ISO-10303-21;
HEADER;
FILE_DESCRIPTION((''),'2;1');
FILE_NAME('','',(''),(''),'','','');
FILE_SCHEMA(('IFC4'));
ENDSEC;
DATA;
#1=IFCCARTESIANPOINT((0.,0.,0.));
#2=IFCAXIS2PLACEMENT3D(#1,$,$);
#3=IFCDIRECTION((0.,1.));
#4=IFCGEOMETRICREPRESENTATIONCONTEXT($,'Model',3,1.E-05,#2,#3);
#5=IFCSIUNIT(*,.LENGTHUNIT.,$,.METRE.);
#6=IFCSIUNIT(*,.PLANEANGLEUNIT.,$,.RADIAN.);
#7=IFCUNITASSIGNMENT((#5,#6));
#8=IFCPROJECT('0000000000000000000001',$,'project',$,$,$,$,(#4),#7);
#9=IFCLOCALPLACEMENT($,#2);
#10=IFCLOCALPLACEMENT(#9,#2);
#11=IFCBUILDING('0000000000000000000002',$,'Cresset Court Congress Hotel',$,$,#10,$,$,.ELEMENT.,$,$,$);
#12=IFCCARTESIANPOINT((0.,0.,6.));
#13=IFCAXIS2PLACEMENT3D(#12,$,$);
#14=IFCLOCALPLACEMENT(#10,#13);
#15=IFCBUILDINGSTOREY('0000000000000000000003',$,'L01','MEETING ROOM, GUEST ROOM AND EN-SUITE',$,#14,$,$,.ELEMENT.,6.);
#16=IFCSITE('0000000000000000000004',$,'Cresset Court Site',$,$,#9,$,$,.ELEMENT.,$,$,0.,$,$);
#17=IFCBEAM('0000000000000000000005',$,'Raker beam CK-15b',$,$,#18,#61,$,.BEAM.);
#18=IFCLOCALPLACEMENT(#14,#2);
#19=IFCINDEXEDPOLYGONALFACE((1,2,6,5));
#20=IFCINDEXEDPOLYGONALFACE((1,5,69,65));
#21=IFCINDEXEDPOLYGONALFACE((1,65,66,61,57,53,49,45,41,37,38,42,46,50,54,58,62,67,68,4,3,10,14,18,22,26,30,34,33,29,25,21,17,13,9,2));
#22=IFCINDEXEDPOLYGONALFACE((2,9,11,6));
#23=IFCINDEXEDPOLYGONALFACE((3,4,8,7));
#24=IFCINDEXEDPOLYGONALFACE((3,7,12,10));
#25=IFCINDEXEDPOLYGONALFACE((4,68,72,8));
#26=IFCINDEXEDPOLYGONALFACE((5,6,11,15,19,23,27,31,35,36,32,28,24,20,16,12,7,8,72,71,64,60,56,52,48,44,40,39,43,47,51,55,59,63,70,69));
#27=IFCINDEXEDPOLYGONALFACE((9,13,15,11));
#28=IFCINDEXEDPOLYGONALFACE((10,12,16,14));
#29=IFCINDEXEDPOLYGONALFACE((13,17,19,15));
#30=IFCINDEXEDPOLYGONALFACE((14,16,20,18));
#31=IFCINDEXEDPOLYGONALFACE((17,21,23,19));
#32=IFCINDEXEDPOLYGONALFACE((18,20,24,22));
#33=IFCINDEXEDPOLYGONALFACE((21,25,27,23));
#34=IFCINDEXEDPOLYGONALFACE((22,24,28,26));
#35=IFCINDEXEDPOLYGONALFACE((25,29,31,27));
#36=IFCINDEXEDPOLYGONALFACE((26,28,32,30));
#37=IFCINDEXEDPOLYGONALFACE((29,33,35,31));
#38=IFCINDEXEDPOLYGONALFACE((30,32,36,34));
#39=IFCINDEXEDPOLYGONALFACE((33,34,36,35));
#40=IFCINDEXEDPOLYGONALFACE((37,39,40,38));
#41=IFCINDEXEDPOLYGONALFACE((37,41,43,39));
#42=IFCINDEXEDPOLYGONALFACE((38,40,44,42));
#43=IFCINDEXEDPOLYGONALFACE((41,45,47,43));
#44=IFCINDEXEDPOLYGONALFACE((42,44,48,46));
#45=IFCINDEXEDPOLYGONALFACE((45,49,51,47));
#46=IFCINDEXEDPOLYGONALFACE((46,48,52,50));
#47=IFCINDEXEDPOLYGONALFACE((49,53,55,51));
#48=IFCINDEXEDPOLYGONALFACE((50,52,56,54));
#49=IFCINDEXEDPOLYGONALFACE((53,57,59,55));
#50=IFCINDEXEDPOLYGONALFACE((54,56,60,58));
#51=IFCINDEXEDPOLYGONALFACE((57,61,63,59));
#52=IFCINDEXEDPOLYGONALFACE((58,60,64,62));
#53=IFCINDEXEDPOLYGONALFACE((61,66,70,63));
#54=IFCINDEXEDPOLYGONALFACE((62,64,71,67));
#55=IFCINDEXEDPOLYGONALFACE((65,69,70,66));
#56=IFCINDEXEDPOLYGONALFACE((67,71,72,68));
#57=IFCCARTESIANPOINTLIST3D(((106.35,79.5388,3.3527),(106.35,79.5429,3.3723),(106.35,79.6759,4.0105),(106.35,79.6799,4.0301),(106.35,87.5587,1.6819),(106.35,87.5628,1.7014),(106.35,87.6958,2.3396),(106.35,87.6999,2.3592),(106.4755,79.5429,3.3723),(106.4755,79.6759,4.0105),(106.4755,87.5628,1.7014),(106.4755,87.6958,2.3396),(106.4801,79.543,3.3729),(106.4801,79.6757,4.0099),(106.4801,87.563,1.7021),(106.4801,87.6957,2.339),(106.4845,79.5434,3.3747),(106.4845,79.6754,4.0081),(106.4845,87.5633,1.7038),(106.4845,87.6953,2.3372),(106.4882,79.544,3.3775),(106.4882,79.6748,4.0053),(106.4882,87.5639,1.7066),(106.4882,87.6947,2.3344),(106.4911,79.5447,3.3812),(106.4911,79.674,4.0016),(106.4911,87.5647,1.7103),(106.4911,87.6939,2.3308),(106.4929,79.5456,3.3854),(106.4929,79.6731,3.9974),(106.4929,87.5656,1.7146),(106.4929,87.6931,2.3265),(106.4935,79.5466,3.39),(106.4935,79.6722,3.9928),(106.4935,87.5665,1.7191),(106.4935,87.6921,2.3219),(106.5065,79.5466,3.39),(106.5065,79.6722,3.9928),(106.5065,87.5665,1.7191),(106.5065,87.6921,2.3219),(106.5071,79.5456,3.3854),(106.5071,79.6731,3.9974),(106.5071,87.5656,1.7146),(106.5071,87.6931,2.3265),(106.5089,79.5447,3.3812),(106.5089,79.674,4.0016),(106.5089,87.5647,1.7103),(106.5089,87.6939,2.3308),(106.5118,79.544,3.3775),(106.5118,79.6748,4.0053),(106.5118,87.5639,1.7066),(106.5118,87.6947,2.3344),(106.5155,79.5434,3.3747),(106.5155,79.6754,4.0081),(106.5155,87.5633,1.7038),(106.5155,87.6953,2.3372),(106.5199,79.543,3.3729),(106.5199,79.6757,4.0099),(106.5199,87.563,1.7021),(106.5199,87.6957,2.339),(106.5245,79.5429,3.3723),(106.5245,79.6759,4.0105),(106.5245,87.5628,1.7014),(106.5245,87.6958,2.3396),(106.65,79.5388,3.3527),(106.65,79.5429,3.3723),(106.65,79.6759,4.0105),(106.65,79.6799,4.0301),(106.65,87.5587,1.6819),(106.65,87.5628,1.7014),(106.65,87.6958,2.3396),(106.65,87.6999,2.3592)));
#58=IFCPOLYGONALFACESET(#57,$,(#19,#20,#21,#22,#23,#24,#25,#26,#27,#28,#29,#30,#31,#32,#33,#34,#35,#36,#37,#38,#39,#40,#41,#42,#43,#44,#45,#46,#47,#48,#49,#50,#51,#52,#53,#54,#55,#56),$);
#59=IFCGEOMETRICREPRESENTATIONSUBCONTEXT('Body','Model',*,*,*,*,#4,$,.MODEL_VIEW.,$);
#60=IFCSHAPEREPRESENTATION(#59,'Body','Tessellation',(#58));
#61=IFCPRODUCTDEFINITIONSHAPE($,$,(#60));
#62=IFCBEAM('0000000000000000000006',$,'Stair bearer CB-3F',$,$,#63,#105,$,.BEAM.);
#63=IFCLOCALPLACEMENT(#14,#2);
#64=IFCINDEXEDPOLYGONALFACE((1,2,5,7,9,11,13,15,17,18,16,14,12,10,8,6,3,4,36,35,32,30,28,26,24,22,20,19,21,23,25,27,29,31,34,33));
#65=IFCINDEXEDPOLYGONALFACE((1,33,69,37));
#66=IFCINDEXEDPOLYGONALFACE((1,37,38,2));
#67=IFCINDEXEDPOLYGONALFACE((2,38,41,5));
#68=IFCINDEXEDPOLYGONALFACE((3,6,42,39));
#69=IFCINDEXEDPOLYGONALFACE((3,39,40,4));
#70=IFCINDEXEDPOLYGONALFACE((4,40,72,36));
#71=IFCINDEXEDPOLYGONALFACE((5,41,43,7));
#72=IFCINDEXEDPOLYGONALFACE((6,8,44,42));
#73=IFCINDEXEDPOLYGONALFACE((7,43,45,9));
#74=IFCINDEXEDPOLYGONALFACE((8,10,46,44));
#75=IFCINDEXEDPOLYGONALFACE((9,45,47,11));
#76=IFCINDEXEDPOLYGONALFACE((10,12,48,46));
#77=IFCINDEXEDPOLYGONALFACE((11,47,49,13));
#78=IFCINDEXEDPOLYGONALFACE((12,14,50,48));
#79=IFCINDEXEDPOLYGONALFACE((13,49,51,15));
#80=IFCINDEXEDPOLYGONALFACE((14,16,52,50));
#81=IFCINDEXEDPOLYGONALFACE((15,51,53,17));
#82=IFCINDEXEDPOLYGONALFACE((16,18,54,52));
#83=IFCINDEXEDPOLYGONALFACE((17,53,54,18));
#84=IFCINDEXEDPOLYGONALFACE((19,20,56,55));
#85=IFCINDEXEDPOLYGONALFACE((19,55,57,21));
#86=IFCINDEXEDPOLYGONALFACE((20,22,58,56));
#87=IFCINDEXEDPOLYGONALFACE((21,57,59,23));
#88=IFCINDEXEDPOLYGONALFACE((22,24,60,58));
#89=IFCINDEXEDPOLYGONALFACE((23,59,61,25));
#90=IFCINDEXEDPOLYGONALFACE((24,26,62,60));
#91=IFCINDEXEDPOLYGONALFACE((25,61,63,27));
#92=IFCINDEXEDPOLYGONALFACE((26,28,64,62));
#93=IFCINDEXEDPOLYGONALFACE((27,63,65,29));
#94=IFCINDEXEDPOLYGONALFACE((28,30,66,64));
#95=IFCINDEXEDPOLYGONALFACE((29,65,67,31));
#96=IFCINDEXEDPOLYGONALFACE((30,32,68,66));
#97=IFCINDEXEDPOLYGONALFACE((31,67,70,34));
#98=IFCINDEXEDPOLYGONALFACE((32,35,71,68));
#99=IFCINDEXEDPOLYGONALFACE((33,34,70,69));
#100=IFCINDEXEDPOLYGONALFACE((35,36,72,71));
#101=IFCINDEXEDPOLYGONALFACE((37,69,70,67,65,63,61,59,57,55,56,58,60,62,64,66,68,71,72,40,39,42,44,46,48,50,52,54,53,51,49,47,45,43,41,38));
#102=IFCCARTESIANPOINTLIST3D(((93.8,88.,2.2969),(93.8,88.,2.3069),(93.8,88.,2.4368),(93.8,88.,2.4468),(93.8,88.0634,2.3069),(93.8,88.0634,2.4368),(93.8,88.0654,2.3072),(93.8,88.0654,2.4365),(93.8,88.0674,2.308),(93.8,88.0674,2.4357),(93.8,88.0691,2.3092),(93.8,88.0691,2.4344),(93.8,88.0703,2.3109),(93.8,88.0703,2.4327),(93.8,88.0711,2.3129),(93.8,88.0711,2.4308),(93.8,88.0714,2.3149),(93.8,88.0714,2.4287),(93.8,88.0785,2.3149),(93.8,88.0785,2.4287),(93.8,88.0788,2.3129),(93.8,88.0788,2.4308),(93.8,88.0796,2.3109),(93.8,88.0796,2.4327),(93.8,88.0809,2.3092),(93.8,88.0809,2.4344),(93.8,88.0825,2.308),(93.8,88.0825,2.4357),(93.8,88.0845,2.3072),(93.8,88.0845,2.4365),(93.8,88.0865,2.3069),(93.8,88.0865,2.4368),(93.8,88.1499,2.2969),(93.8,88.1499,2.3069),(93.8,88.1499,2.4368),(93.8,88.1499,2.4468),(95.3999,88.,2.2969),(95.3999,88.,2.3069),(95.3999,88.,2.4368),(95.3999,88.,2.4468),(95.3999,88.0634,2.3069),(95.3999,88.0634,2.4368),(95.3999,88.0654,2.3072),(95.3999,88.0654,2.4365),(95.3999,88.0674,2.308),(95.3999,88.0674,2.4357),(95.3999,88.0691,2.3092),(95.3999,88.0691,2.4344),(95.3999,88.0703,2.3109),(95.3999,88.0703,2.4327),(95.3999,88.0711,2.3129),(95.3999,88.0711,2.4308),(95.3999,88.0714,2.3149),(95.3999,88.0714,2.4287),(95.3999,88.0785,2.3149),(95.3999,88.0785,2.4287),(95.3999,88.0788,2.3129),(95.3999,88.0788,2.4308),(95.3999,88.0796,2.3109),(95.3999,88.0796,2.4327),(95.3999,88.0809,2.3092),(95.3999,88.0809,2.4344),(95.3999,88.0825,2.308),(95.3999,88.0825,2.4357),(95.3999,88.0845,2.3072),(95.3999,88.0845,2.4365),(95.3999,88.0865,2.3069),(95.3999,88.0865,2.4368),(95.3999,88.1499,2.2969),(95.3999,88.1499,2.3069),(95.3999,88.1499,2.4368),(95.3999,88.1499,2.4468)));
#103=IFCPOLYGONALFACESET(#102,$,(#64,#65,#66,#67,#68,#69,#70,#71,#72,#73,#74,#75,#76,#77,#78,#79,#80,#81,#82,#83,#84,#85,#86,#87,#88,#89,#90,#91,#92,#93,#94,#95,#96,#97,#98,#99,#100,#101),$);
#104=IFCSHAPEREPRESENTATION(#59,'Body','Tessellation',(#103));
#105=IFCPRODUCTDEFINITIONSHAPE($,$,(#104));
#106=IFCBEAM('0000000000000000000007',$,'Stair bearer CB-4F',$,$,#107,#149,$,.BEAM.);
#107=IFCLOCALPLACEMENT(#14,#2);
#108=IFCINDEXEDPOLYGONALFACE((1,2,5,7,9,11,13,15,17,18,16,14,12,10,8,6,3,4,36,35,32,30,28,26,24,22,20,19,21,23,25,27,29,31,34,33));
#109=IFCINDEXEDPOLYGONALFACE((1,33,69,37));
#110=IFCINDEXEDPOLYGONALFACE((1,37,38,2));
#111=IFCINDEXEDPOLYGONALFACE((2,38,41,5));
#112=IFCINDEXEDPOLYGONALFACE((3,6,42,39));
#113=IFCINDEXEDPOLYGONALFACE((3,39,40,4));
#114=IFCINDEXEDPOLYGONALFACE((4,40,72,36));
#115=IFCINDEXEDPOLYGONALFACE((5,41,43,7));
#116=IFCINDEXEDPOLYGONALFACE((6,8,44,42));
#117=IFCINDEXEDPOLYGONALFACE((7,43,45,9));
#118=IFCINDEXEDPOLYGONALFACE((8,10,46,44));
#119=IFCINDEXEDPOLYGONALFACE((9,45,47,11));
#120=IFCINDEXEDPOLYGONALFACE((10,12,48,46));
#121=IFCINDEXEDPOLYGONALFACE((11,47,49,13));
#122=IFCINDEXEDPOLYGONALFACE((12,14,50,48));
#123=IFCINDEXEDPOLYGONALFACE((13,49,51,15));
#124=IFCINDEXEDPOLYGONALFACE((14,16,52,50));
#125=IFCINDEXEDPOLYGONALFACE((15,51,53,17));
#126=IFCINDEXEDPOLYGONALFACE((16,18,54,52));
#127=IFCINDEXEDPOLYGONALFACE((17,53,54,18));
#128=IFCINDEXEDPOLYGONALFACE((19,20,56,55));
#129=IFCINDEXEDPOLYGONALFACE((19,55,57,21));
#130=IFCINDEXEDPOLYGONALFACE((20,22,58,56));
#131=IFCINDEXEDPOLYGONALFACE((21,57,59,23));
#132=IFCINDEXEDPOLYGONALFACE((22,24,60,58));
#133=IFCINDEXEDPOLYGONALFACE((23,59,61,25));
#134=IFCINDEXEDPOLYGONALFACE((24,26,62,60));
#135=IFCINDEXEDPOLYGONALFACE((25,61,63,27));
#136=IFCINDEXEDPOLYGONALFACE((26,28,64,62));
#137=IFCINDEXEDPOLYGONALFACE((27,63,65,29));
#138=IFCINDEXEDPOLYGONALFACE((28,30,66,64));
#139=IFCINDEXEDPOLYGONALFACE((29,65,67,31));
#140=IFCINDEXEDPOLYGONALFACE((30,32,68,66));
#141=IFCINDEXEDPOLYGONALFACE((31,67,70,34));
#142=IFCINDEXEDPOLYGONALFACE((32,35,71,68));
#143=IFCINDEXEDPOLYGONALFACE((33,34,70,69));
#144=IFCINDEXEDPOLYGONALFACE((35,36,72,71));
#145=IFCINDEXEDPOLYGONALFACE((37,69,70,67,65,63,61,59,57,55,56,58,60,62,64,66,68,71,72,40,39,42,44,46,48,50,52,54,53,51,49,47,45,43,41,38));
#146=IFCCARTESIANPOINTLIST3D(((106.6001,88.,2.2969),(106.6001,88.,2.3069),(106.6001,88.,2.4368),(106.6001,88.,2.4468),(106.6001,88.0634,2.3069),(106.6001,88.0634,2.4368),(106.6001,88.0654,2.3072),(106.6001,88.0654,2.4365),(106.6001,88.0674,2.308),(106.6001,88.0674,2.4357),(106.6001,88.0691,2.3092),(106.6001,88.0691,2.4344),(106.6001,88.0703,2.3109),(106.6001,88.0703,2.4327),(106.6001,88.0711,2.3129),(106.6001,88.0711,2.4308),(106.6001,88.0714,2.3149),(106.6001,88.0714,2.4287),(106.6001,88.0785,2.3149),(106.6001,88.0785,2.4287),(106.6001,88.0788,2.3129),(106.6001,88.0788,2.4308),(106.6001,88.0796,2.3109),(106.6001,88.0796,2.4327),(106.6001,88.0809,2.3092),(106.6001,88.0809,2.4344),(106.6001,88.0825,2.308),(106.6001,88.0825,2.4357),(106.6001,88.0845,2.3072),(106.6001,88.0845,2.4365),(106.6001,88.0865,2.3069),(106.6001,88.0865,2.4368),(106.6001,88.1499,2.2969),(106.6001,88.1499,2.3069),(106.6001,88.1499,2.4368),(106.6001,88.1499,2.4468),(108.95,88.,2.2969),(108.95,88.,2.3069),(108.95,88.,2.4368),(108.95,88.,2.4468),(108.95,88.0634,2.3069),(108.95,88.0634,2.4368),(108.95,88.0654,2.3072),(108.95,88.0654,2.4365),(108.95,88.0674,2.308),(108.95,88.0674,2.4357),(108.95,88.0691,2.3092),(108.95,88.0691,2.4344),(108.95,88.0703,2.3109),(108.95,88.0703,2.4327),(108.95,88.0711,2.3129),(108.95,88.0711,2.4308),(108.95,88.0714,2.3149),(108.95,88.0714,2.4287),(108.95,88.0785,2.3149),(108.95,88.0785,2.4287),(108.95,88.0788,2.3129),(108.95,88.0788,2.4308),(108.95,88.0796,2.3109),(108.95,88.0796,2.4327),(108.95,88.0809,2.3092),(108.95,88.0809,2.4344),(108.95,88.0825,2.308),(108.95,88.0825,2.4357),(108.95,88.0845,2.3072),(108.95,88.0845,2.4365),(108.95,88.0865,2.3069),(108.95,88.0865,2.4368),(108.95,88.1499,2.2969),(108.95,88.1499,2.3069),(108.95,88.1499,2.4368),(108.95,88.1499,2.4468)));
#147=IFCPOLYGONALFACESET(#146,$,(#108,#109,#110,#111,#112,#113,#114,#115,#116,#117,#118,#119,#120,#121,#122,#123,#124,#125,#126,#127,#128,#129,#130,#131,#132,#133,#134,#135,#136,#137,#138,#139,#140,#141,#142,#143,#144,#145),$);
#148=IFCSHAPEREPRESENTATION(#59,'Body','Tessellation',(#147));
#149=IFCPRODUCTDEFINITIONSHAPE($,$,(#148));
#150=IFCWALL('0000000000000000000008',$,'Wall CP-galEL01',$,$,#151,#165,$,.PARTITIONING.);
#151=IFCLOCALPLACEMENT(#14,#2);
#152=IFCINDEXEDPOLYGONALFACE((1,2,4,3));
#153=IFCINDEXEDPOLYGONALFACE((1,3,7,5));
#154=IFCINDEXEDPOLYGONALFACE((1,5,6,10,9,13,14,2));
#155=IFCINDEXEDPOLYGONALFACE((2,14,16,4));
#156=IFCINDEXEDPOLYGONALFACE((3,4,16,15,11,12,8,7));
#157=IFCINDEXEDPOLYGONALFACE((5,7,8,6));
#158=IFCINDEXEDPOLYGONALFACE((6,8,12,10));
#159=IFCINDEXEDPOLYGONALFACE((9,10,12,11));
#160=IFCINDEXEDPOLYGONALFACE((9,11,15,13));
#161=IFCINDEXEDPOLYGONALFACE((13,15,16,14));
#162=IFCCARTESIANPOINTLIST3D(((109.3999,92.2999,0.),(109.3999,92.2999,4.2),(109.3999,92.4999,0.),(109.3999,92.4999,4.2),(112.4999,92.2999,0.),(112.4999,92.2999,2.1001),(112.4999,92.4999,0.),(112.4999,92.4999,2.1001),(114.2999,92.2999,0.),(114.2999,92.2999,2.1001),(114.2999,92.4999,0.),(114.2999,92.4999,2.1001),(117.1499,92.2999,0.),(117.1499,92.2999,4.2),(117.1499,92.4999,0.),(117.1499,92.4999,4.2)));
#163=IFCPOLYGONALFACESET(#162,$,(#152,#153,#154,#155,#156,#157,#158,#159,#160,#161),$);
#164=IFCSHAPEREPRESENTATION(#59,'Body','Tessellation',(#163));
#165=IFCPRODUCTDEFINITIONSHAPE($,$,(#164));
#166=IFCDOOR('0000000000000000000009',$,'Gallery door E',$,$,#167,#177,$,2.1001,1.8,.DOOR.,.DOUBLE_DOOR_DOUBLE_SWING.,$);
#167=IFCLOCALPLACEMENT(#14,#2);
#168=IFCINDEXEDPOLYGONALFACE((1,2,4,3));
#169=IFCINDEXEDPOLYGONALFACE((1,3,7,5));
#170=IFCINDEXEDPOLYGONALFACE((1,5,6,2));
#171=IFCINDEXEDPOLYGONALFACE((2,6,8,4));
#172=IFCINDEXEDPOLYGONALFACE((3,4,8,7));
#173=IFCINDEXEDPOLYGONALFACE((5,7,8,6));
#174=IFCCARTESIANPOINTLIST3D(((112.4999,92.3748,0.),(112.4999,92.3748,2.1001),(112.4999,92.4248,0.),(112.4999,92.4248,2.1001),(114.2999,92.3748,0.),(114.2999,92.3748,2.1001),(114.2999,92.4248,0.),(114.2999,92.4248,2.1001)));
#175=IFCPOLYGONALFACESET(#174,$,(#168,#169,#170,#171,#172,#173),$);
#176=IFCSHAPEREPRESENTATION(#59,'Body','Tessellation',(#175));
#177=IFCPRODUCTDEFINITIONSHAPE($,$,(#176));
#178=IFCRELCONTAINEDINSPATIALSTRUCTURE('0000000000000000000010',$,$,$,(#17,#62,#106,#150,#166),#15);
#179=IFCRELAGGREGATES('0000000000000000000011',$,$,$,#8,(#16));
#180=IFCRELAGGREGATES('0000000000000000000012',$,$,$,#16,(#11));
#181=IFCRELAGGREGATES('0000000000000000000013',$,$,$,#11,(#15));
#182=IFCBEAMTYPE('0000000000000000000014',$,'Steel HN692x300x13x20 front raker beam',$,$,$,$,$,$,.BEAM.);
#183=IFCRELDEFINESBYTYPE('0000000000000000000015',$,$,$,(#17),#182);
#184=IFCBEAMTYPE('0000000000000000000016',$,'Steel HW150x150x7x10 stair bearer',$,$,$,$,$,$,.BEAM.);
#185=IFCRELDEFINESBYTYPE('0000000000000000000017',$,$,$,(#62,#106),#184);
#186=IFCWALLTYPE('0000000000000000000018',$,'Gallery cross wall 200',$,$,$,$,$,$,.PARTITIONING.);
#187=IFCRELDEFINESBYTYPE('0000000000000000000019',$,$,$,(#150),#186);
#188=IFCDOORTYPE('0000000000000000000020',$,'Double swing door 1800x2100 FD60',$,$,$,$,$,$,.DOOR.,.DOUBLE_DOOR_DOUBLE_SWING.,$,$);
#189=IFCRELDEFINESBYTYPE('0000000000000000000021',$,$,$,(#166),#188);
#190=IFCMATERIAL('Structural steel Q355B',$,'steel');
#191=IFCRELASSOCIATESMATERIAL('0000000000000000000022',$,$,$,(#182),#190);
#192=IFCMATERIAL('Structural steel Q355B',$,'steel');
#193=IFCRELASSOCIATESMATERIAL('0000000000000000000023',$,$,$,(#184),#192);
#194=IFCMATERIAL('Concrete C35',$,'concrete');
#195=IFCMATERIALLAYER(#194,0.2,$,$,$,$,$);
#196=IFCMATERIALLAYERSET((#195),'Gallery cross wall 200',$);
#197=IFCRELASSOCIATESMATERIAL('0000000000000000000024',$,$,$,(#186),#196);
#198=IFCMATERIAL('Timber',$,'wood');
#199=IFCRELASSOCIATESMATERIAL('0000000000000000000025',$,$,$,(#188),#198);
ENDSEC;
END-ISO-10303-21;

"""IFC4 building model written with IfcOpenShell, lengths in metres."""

from ifc_helpers import new_model, si_unit, direction, frame, frame_2d, origin, origin_2d, place, context, subcontext, project, spatial, rectangle, i_section, extrude, material, layer, layer_set, material_profile, profile_set, type_object, element, fill, save


model = new_model("IFC4")

# Units and contexts
model_context = context("Model", 3, precision=1e-05, world=origin(), true_north=direction((0.0, 1.0)))
body_context = subcontext(model_context, "Body", "Model", "MODEL_VIEW")
ifc_project = project(units=[si_unit("LENGTHUNIT", "METRE"), si_unit("PLANEANGLEUNIT", "RADIAN")], contexts=[model_context])

# Site, building, storey
site_placement = place(None, origin())
site = spatial("IfcSite", under=ifc_project, at=site_placement, Name="Cresset Court Site", CompositionType="ELEMENT", RefElevation=0.0)
building_placement = place(site_placement, origin())
building = spatial("IfcBuilding", under=site, at=building_placement, Name="Cresset Court Congress Hotel", CompositionType="ELEMENT")
storey_placement = place(building_placement, frame((0.0, 0.0, 6.0)))
storey = spatial("IfcBuildingStorey", under=building, at=storey_placement, Name="L01", Description="MEETING ROOM, GUEST ROOM AND EN-SUITE", CompositionType="ELEMENT", Elevation=6.0)

# Beams
ifc_material_1 = material(Name="Structural steel Q355B", Category="steel")
ifc_material_profile_1 = material_profile(ifc_material_1, i_section(OverallWidth=0.3, OverallDepth=0.6919, WebThickness=0.0129, FlangeThickness=0.02, FilletRadius=0.0181, at=origin_2d()), Name="HN692x300x13x20")
ifc_profile_set_1 = profile_set([ifc_material_profile_1], Name="Structural steel Q355B")
beam_type_1 = type_object("IfcBeamType", Name="Steel HN692x300x13x20 front raker beam", PredefinedType="BEAM", material=ifc_profile_set_1)
for number, where, z_axis, x_axis, name in (
    (1, (106.5, 79.6094, 3.6914), (0.0, 0.978979, -0.203961), (-1.0, 0.0, 0.0), "Raker beam CK-15b"),
):
    element("IfcBeam", number, at=place(storey_placement, frame(where, z_axis=z_axis, x_axis=x_axis)), inside=storey, type_object=beam_type_1, Name=name, PredefinedType="BEAM", context=body_context, shape_type="SweptSolid", body=[
        extrude(i_section(OverallWidth=0.3, OverallDepth=0.6919, WebThickness=0.0129, FlangeThickness=0.02, FilletRadius=0.0181, at=origin_2d()), origin(), (0.0, 0.0, 1.0), 8.1921),
    ])
ifc_material_2 = material(Name="Structural steel Q355B", Category="steel")
ifc_material_profile_2 = material_profile(ifc_material_2, i_section(OverallWidth=0.1499, OverallDepth=0.1499, WebThickness=0.0071, FlangeThickness=0.01, FilletRadius=0.0081, at=origin_2d()), Name="HW150x150x7x10")
ifc_profile_set_2 = profile_set([ifc_material_profile_2], Name="Structural steel Q355B")
beam_type_2 = type_object("IfcBeamType", Name="Steel HW150x150x7x10 stair bearer", PredefinedType="BEAM", material=ifc_profile_set_2)
beam_1_placement = place(storey_placement, frame((93.8, 88.075, 2.3718), z_axis=(1.0, 0.0, 0.0), x_axis=(0.0, 1.0, 0.0)))
element("IfcBeam", 2, at=beam_1_placement, inside=storey, type_object=beam_type_2, Name="Stair bearer CB-3F", PredefinedType="BEAM", context=body_context, shape_type="SweptSolid", body=[
    extrude(i_section(OverallWidth=0.1499, OverallDepth=0.1499, WebThickness=0.0071, FlangeThickness=0.01, FilletRadius=0.0081, at=origin_2d()), origin(), (0.0, 0.0, 1.0), 1.5999),
])
beam_2_placement = place(storey_placement, frame((106.6001, 88.075, 2.3718), z_axis=(1.0, 0.0, 0.0), x_axis=(0.0, 1.0, 0.0)))
element("IfcBeam", 3, at=beam_2_placement, inside=storey, type_object=beam_type_2, Name="Stair bearer CB-4F", PredefinedType="BEAM", context=body_context, shape_type="SweptSolid", body=[
    extrude(i_section(OverallWidth=0.1499, OverallDepth=0.1499, WebThickness=0.0071, FlangeThickness=0.01, FilletRadius=0.0081, at=origin_2d()), origin(), (0.0, 0.0, 1.0), 2.3499),
])

# Wall, opening, door
ifc_material_3 = material(Name="Concrete C35", Category="concrete")
ifc_layer_1 = layer(ifc_material_3, 0.2)
ifc_layer_set_1 = layer_set([ifc_layer_1], Name="Gallery cross wall 200")
wall_type_1 = type_object("IfcWallType", Name="Gallery cross wall 200", PredefinedType="PARTITIONING", material=ifc_layer_set_1)
wall_1_placement = place(storey_placement, frame((109.3999, 92.3999, 0.0), z_axis=(0.0, 0.0, 1.0), x_axis=(1.0, 0.0, 0.0)))
wall_1 = element("IfcWall", 4, at=wall_1_placement, inside=storey, type_object=wall_type_1, Name="Wall CP-galEL01", PredefinedType="PARTITIONING", context=body_context, shape_type="SweptSolid", body=[
    extrude(rectangle(XDim=7.75, YDim=0.2, at=frame_2d((3.875, 0.0))), origin(), (0.0, 0.0, 1.0), 4.2),
])
opening_1_placement = place(wall_1_placement, frame((3.1001, 0.0, 0.0)))
opening_1 = element("IfcOpeningElement", 5, at=opening_1_placement, cuts=wall_1, PredefinedType="OPENING", context=body_context, shape_type="SweptSolid", body=[
    extrude(rectangle(XDim=1.8, YDim=2.1001, at=frame_2d((0.8999, 1.05))), frame((0.0, 0.1099, 0.0), z_axis=(0.0, -1.0, 0.0), x_axis=(1.0, 0.0, 0.0)), (0.0, 0.0, 1.0), 0.22),
])
ifc_material_4 = material(Name="Timber", Category="wood")
door_type = type_object("IfcDoorType", Name="Double swing door 1800x2100 FD60", OperationType="DOUBLE_DOOR_DOUBLE_SWING", PredefinedType="DOOR", material=ifc_material_4)
door_placement = place(opening_1_placement, origin())
door = element("IfcDoor", 6, at=door_placement, inside=storey, type_object=door_type, Name="Gallery door E", OperationType="DOUBLE_DOOR_DOUBLE_SWING", OverallHeight=2.1001, OverallWidth=1.8, PredefinedType="DOOR", context=body_context, shape_type="SweptSolid", body=[
    extrude(rectangle(XDim=1.8, YDim=2.1001, at=frame_2d((0.8999, 1.05))), frame((0.0, 0.0249, 0.0), z_axis=(0.0, -1.0, 0.0), x_axis=(1.0, 0.0, 0.0)), (0.0, 0.0, 1.0), 0.05),
])
fill(opening_1, door)

save(model, "model.ifc")
